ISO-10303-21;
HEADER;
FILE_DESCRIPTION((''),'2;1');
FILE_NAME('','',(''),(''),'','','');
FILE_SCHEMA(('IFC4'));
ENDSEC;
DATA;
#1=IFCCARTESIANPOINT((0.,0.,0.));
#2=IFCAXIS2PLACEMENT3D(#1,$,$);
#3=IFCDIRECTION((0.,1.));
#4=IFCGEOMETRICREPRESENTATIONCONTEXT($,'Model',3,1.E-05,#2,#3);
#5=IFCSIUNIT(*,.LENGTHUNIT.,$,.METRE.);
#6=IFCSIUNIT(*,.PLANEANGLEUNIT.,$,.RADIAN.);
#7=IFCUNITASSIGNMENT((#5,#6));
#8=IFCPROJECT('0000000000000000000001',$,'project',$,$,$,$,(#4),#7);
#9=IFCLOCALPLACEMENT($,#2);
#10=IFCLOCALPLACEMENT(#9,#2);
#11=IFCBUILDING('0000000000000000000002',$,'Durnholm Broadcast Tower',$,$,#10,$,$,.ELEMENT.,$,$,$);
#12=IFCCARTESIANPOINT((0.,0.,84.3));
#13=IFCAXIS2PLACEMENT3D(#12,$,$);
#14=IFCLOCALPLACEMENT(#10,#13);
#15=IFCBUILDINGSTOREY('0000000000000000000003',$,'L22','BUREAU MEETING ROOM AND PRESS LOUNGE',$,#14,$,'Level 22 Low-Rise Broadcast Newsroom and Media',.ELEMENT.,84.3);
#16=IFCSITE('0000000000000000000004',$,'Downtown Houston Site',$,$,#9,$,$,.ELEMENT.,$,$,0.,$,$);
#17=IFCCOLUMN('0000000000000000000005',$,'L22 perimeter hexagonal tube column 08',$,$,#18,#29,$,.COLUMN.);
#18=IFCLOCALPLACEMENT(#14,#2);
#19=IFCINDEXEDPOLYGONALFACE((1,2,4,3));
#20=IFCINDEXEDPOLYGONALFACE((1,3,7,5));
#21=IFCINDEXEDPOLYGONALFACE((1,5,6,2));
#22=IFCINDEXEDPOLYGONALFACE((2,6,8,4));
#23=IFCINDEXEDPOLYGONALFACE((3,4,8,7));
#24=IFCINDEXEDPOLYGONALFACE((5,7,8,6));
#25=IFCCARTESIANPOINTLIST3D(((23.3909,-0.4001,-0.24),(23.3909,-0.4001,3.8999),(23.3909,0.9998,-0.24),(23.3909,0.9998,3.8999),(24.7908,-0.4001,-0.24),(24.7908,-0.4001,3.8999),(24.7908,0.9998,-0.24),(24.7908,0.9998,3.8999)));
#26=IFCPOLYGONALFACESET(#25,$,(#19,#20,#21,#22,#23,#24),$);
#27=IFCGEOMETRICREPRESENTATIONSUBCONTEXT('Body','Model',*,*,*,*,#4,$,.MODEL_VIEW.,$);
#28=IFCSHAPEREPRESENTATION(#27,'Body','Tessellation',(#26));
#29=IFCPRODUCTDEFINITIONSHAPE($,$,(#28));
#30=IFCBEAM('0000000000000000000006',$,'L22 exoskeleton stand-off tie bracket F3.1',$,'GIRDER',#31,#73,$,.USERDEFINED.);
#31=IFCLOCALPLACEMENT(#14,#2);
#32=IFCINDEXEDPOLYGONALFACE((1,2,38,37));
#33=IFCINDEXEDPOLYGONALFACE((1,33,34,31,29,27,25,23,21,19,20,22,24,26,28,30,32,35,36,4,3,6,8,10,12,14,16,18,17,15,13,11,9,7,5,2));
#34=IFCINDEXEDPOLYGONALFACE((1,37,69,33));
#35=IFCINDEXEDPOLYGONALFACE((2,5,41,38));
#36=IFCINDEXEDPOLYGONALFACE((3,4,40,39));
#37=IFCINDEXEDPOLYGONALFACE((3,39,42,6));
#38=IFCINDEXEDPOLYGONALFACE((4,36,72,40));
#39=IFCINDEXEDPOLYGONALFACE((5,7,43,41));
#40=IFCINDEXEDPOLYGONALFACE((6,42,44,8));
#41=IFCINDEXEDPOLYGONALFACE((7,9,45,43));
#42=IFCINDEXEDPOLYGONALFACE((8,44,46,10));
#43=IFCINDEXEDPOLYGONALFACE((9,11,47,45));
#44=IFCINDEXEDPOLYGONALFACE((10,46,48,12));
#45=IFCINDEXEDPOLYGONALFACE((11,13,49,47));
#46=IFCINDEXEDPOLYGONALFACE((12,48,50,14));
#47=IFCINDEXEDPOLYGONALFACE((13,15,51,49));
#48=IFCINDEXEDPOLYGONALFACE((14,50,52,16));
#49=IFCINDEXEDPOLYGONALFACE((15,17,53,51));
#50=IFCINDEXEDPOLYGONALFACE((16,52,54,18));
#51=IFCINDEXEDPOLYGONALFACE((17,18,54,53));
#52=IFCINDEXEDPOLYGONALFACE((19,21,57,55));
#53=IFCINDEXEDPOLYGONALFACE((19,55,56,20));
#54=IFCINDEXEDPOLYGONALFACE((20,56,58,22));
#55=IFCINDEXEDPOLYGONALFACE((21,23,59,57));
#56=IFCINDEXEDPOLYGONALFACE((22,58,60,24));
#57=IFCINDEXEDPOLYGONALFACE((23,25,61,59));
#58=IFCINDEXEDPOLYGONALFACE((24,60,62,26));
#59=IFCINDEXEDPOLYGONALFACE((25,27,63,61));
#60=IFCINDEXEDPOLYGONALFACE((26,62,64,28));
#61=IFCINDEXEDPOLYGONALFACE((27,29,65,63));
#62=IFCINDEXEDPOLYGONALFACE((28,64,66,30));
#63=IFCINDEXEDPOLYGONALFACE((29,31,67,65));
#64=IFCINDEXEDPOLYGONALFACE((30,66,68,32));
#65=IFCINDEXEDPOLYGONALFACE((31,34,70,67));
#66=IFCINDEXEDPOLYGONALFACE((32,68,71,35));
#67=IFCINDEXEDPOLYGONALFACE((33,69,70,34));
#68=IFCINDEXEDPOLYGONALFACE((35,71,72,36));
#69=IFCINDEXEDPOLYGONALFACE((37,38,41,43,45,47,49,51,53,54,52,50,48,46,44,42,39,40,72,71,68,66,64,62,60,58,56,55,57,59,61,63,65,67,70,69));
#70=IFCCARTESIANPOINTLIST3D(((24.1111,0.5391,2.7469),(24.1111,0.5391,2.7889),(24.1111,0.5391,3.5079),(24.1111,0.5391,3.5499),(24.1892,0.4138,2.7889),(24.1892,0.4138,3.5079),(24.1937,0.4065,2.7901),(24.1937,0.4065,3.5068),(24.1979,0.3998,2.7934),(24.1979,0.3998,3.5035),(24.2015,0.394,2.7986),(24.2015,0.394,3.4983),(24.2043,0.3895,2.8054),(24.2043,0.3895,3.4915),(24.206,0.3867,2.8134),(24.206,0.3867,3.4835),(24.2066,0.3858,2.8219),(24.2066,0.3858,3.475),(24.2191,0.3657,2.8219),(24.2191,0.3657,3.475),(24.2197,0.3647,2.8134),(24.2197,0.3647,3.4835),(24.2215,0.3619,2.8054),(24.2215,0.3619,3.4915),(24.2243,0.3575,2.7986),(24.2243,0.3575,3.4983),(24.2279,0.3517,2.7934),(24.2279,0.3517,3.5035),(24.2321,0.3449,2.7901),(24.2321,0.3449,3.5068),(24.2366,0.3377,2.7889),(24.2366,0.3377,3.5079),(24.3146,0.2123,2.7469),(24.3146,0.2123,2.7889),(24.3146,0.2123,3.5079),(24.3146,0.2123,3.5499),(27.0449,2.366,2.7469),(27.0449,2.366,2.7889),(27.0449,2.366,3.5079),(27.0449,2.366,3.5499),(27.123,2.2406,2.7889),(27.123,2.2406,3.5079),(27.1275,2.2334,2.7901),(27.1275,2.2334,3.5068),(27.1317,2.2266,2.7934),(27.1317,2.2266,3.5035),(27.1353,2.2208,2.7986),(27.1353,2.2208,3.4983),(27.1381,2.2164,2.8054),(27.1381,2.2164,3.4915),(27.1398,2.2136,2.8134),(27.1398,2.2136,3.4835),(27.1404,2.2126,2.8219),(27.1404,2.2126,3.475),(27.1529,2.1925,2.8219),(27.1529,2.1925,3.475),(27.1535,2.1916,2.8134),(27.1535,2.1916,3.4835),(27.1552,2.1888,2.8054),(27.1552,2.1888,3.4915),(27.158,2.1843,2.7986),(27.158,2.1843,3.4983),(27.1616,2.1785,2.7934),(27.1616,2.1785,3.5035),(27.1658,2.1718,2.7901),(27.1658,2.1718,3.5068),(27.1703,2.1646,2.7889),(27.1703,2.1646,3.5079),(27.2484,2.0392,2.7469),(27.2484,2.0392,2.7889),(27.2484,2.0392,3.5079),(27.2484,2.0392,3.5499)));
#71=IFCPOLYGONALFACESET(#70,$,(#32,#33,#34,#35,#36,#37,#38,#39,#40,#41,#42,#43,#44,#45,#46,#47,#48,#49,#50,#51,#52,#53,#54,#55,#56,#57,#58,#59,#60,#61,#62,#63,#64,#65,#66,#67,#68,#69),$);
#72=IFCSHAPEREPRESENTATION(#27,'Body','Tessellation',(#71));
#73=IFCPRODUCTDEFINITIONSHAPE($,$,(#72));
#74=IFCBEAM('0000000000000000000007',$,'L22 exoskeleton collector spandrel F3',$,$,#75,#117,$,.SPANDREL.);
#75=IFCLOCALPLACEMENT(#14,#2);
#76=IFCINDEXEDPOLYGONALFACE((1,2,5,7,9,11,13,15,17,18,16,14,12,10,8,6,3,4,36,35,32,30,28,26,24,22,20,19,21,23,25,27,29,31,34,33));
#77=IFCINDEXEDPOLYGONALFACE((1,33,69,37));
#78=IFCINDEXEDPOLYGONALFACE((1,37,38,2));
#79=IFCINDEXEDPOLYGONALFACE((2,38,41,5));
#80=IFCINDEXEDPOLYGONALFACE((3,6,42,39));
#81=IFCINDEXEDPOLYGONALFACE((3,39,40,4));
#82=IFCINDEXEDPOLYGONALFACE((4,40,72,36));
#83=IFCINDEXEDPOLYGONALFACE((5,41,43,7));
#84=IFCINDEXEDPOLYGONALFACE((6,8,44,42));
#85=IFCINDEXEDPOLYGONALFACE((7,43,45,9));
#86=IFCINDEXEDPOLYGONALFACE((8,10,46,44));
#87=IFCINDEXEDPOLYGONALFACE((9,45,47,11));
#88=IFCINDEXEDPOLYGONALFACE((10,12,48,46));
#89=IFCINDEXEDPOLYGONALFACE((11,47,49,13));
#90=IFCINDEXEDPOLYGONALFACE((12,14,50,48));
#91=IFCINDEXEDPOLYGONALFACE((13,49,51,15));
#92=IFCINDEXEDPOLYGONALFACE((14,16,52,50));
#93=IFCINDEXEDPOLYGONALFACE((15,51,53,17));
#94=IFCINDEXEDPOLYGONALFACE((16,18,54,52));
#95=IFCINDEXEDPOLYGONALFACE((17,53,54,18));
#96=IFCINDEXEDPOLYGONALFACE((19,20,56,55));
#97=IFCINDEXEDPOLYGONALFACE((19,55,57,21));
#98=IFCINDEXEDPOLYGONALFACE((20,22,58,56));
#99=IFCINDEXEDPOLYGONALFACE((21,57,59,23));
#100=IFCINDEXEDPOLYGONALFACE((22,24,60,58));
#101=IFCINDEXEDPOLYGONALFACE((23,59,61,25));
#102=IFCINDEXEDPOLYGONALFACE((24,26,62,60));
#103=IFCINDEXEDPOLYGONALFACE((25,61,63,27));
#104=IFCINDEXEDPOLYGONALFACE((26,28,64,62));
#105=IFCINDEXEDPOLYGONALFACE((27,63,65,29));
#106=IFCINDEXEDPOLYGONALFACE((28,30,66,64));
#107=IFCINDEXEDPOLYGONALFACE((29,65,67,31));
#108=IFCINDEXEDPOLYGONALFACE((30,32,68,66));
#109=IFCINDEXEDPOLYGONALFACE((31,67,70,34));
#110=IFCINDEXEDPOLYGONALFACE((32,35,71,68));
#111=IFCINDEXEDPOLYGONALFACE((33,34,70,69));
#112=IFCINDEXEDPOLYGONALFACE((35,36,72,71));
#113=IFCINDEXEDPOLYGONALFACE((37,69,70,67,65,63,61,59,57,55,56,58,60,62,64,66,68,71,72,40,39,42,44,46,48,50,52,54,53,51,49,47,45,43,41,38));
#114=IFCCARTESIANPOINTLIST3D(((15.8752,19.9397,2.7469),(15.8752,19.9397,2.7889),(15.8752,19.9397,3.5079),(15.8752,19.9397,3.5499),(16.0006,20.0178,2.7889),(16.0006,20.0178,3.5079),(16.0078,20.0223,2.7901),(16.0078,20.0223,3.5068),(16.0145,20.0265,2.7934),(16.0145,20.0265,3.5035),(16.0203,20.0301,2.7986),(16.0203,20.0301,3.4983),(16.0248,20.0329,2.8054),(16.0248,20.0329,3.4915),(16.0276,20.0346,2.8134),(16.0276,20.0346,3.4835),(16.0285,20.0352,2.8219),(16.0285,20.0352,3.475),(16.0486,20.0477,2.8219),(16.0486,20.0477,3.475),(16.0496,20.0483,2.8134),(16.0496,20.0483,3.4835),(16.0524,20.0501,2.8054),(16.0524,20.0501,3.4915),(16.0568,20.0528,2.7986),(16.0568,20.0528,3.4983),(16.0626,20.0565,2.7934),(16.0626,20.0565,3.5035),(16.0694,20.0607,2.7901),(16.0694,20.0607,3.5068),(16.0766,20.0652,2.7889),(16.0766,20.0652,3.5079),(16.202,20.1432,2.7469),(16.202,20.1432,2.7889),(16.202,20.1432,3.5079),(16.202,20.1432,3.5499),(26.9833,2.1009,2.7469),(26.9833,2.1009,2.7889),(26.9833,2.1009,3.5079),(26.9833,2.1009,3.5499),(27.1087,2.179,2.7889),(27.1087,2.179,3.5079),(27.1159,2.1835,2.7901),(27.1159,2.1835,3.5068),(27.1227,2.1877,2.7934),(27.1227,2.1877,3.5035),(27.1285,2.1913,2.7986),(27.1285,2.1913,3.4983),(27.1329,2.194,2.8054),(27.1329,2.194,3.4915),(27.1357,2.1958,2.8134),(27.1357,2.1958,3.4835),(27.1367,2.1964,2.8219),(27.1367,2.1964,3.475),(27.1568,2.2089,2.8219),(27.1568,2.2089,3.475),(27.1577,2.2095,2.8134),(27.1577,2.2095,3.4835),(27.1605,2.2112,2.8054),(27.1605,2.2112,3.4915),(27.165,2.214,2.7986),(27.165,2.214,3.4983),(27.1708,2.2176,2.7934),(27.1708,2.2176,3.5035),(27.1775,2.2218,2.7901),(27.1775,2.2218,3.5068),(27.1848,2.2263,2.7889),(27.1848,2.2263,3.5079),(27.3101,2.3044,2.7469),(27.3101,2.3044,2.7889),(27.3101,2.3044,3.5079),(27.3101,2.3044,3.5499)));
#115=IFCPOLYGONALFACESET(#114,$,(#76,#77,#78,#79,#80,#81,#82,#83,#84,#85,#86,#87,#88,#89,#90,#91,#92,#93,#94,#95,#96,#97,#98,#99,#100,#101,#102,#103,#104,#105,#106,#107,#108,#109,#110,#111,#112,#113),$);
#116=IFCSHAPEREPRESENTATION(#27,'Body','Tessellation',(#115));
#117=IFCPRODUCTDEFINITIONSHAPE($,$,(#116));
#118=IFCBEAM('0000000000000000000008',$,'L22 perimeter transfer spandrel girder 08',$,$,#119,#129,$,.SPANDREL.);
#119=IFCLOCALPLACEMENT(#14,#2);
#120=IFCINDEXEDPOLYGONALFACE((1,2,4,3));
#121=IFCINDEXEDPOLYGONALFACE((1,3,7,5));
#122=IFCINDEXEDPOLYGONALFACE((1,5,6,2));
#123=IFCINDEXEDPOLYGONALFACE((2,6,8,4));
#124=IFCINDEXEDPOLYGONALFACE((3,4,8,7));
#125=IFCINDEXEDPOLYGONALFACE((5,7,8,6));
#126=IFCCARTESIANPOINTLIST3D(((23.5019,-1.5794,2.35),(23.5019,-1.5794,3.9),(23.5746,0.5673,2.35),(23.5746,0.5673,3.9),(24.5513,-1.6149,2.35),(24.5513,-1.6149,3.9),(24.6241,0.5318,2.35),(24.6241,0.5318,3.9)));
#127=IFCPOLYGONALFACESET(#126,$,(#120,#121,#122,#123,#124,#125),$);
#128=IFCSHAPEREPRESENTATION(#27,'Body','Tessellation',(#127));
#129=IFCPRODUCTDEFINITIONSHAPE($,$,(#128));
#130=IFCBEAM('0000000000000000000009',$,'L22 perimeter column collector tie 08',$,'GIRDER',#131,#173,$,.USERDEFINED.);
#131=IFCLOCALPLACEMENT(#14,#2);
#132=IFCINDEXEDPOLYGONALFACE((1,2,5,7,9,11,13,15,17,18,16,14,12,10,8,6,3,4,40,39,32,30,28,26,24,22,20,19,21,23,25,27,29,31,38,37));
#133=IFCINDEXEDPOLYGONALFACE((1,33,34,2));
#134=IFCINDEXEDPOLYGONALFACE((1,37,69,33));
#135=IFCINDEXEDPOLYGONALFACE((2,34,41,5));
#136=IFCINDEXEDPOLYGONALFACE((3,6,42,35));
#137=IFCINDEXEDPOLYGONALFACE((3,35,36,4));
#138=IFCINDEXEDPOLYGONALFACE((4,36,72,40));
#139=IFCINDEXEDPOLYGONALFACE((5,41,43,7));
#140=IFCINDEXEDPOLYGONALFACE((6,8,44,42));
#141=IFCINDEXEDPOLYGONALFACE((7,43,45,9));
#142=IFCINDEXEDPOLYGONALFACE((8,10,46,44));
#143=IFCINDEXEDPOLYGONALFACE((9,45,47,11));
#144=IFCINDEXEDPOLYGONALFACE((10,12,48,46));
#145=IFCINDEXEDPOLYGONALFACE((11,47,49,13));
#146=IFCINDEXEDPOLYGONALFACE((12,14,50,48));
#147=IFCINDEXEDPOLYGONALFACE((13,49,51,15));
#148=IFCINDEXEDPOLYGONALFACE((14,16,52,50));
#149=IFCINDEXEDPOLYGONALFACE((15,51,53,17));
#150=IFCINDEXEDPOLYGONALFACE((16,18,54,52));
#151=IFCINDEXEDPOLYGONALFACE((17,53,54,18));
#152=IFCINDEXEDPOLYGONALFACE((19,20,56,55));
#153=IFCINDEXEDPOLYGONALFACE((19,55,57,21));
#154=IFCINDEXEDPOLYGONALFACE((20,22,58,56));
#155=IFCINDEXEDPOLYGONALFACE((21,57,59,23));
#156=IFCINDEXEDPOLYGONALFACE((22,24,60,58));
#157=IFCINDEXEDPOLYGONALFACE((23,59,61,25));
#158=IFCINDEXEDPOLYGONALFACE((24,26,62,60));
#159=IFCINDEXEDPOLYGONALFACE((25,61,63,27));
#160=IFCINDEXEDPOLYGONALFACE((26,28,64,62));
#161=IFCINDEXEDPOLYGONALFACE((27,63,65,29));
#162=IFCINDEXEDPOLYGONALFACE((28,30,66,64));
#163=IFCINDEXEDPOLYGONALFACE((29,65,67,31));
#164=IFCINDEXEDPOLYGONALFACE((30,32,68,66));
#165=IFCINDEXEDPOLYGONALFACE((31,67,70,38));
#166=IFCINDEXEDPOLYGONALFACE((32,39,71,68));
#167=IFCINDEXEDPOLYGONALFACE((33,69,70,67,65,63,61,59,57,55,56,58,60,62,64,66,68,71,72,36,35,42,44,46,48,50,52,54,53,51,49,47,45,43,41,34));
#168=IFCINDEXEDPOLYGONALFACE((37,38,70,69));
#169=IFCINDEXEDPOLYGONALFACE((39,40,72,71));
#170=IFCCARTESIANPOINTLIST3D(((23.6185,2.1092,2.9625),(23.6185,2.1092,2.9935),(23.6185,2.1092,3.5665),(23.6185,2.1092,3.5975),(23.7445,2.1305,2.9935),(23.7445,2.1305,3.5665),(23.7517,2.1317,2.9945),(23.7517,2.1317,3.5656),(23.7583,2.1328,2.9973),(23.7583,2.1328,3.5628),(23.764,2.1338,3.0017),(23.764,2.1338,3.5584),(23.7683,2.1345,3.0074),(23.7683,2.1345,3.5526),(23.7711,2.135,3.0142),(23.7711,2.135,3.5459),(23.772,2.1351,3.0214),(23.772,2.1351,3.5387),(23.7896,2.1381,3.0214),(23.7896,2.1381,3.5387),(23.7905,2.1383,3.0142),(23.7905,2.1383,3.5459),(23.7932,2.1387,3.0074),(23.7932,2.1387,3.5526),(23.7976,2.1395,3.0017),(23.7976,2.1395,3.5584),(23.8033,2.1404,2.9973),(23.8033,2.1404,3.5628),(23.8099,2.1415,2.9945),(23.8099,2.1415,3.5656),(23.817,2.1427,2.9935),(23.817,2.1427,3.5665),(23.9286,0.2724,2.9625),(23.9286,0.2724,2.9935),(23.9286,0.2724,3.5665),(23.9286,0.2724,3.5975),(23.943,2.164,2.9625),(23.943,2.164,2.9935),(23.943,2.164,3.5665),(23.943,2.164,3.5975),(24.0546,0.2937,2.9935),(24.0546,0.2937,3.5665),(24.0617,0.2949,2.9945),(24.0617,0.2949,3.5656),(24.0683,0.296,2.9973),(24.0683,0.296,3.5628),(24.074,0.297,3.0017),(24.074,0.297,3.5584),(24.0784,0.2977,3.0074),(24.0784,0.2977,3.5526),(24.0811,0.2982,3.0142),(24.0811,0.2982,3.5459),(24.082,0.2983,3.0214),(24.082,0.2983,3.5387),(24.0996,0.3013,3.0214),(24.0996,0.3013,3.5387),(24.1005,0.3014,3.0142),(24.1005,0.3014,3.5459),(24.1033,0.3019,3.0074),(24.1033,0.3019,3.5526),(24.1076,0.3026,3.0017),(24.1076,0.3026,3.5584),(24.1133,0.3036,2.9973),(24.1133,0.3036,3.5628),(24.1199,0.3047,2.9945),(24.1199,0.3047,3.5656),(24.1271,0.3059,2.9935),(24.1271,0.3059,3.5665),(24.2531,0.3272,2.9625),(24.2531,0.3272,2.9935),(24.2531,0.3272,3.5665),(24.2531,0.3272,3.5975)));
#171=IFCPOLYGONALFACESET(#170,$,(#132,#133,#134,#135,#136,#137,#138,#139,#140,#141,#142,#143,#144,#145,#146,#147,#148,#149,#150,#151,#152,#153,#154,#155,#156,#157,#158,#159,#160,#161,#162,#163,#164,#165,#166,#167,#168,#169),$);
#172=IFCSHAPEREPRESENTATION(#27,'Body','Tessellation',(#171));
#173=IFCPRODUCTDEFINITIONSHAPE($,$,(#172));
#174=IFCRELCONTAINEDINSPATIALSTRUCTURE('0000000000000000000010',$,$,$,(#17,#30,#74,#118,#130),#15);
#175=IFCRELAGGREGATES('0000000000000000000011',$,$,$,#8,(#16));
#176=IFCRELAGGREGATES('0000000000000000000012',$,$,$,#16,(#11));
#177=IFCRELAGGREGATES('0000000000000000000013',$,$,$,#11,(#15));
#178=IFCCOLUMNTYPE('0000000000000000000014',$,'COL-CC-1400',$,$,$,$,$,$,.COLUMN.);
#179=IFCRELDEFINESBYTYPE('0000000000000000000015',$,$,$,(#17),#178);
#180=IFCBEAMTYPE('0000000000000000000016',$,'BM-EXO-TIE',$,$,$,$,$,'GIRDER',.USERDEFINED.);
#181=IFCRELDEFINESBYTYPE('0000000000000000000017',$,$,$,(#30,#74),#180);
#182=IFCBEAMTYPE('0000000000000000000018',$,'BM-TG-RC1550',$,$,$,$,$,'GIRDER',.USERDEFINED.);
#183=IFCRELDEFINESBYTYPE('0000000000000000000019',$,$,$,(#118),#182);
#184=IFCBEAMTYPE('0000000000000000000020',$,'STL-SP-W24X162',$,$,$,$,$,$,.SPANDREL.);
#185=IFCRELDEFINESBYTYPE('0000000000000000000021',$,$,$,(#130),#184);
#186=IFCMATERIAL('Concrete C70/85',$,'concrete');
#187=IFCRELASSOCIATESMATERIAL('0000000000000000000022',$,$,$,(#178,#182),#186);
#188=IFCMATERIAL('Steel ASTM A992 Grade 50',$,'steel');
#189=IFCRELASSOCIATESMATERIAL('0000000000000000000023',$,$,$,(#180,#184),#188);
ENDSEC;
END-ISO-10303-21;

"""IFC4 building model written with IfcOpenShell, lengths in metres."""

from ifc_helpers import new_model, si_unit, direction, frame, origin, origin_2d, place, context, subcontext, project, spatial, rectangle, i_section, extrude, source, transform, mapped, material, material_profile, profile_set, type_object, type_shapes, element, save


model = new_model("IFC4")

# Units and contexts
model_context = context("Model", 3, precision=1e-05, world=origin(), true_north=direction((0.0, 1.0)))
body_context = subcontext(model_context, "Body", "Model", "MODEL_VIEW")
ifc_project = project(units=[si_unit("LENGTHUNIT", "METRE"), si_unit("PLANEANGLEUNIT", "RADIAN")], contexts=[model_context])

# Site, building, storey
site_placement = place(None, origin())
site = spatial("IfcSite", under=ifc_project, at=site_placement, Name="Downtown Houston Site", CompositionType="ELEMENT", RefElevation=0.0)
building_placement = place(site_placement, origin())
building = spatial("IfcBuilding", under=site, at=building_placement, Name="Durnholm Broadcast Tower", CompositionType="ELEMENT")
storey_placement = place(building_placement, frame((0.0, 0.0, 84.3)))
storey = spatial("IfcBuildingStorey", under=building, at=storey_placement, Name="L22", Description="BUREAU MEETING ROOM AND PRESS LOUNGE", LongName="Level 22 Low-Rise Broadcast Newsroom and Media", CompositionType="ELEMENT", Elevation=84.3)

# Column
ifc_material_1 = material(Name="Concrete C70/85", Category="concrete")
ifc_material_profile_1 = material_profile(ifc_material_1, rectangle(XDim=1.3999, YDim=1.3999, at=origin_2d()), Name="RC1400X1400")
ifc_profile_set_1 = profile_set([ifc_material_profile_1], Name="Concrete C70/85")
column_type = type_object("IfcColumnType", Name="COL-CC-1400", PredefinedType="COLUMN", material=ifc_profile_set_1)
shared_shape_1 = source(origin(), body_context, "Body", "SweptSolid", [
    extrude(rectangle(XDim=1.3999, YDim=1.3999, at=origin_2d()), origin(), (0.0, 0.0, 1.0), 4.1399),
])
type_shapes(column_type, [shared_shape_1])
column_placement = place(storey_placement, frame((24.0908, 0.2998, -0.24), z_axis=(0.0, 0.0, 1.0), x_axis=(1.0, 0.0, 0.0)))
element("IfcColumn", 1, at=column_placement, inside=storey, type_object=column_type, Name="L22 perimeter hexagonal tube column 08", PredefinedType="COLUMN", context=body_context, shape_type="MappedRepresentation", body=[
    mapped(shared_shape_1, transform((0.0, 0.0, 0.0), x_axis=(1.0, 0.0, 0.0), y_axis=(0.0, 1.0, 0.0), z_axis=(0.0, 0.0, 1.0), scale=1.0)),
])

# Beams
ifc_material_2 = material(Name="Steel ASTM A992 Grade 50", Category="steel")
ifc_material_profile_2 = material_profile(ifc_material_2, i_section(OverallWidth=0.385, OverallDepth=0.803, WebThickness=0.0237, FlangeThickness=0.042, FilletRadius=0.033, at=origin_2d()), Name="W30X261")
ifc_profile_set_2 = profile_set([ifc_material_profile_2], Name="Steel ASTM A992 Grade 50")
beam_type_1 = type_object("IfcBeamType", Name="BM-EXO-TIE", ElementType="GIRDER", PredefinedType="USERDEFINED", material=ifc_profile_set_2)
shared_shape_2 = source(origin(), body_context, "Body", "SweptSolid", [
    extrude(i_section(OverallWidth=0.385, OverallDepth=0.803, WebThickness=0.0237, FlangeThickness=0.042, FilletRadius=0.033, at=origin_2d()), origin(), (0.0, 0.0, 1.0), 3.4561),
])
beam_1_placement = place(storey_placement, frame((24.2129, 0.3757, 3.1484), z_axis=(0.848874, 0.528595, 0.0), x_axis=(-0.528595, 0.848874, 0.0)))
element("IfcBeam", 2, at=beam_1_placement, inside=storey, type_object=beam_type_1, Name="L22 exoskeleton stand-off tie bracket F3.1", ObjectType="GIRDER", PredefinedType="USERDEFINED", context=body_context, shape_type="MappedRepresentation", body=[
    mapped(shared_shape_2, transform((0.0, 0.0, 0.0), x_axis=(1.0, 0.0, 0.0), y_axis=(0.0, 1.0, 0.0), z_axis=(0.0, 0.0, 1.0), scale=1.0)),
])
shared_shape_3 = source(origin(), body_context, "Body", "SweptSolid", [
    extrude(i_section(OverallWidth=0.385, OverallDepth=0.803, WebThickness=0.0237, FlangeThickness=0.042, FilletRadius=0.033, at=origin_2d()), origin(), (0.0, 0.0, 1.0), 21.0146),
])
type_shapes(beam_type_1, [shared_shape_2, shared_shape_3])
beam_2_placement = place(storey_placement, frame((27.1467, 2.2026, 3.1484), z_axis=(-0.528591, 0.848877, 0.0), x_axis=(-0.848877, -0.528591, 0.0)))
element("IfcBeam", 3, at=beam_2_placement, inside=storey, type_object=beam_type_1, Name="L22 exoskeleton collector spandrel F3", PredefinedType="SPANDREL", context=body_context, shape_type="MappedRepresentation", body=[
    mapped(shared_shape_3, transform((0.0, 0.0, 0.0), x_axis=(1.0, 0.0, 0.0), y_axis=(0.0, 1.0, 0.0), z_axis=(0.0, 0.0, 1.0), scale=1.0)),
])
ifc_material_profile_3 = material_profile(ifc_material_1, rectangle(XDim=1.05, YDim=1.55, at=origin_2d()), Name="RC1050X1550")
ifc_profile_set_3 = profile_set([ifc_material_profile_3], Name="Concrete C70/85")
beam_type_2 = type_object("IfcBeamType", Name="BM-TG-RC1550", ElementType="GIRDER", PredefinedType="USERDEFINED", material=ifc_profile_set_3)
shared_shape_4 = source(origin(), body_context, "Body", "SweptSolid", [
    extrude(rectangle(XDim=1.05, YDim=1.55, at=origin_2d()), origin(), (0.0, 0.0, 1.0), 2.1479),
])
type_shapes(beam_type_2, [shared_shape_4])
beam_3_placement = place(storey_placement, frame((24.0994, 0.5496, 3.125), z_axis=(-0.033871, -0.999426, 0.0), x_axis=(0.999426, -0.033871, 0.0)))
element("IfcBeam", 4, at=beam_3_placement, inside=storey, type_object=beam_type_2, Name="L22 perimeter transfer spandrel girder 08", PredefinedType="SPANDREL", context=body_context, shape_type="MappedRepresentation", body=[
    mapped(shared_shape_4, transform((0.0, 0.0, 0.0), x_axis=(1.0, 0.0, 0.0), y_axis=(0.0, 1.0, 0.0), z_axis=(0.0, 0.0, 1.0), scale=1.0)),
])
ifc_material_profile_4 = material_profile(ifc_material_2, i_section(OverallWidth=0.3291, OverallDepth=0.635, WebThickness=0.0178, FlangeThickness=0.031, FilletRadius=0.0278, at=origin_2d()), Name="W24X162")
ifc_profile_set_4 = profile_set([ifc_material_profile_4], Name="Steel ASTM A992 Grade 50")
beam_type_3 = type_object("IfcBeamType", Name="STL-SP-W24X162", PredefinedType="SPANDREL", material=ifc_profile_set_4)
shared_shape_5 = source(origin(), body_context, "Body", "SweptSolid", [
    extrude(i_section(OverallWidth=0.3291, OverallDepth=0.635, WebThickness=0.0178, FlangeThickness=0.031, FilletRadius=0.0278, at=origin_2d()), origin(), (0.0, 0.0, 1.0), 1.8628),
])
type_shapes(beam_type_3, [shared_shape_5])
beam_4_placement = place(storey_placement, frame((24.0908, 0.2998, 3.28), z_axis=(-0.166439, 0.986052, 0.0), x_axis=(-0.986052, -0.166439, 0.0)))
element("IfcBeam", 5, at=beam_4_placement, inside=storey, type_object=beam_type_3, Name="L22 perimeter column collector tie 08", ObjectType="GIRDER", PredefinedType="USERDEFINED", context=body_context, shape_type="MappedRepresentation", body=[
    mapped(shared_shape_5, transform((0.0, 0.0, 0.0), x_axis=(1.0, 0.0, 0.0), y_axis=(0.0, 1.0, 0.0), z_axis=(0.0, 0.0, 1.0), scale=1.0)),
])

save(model, "model.ifc")
